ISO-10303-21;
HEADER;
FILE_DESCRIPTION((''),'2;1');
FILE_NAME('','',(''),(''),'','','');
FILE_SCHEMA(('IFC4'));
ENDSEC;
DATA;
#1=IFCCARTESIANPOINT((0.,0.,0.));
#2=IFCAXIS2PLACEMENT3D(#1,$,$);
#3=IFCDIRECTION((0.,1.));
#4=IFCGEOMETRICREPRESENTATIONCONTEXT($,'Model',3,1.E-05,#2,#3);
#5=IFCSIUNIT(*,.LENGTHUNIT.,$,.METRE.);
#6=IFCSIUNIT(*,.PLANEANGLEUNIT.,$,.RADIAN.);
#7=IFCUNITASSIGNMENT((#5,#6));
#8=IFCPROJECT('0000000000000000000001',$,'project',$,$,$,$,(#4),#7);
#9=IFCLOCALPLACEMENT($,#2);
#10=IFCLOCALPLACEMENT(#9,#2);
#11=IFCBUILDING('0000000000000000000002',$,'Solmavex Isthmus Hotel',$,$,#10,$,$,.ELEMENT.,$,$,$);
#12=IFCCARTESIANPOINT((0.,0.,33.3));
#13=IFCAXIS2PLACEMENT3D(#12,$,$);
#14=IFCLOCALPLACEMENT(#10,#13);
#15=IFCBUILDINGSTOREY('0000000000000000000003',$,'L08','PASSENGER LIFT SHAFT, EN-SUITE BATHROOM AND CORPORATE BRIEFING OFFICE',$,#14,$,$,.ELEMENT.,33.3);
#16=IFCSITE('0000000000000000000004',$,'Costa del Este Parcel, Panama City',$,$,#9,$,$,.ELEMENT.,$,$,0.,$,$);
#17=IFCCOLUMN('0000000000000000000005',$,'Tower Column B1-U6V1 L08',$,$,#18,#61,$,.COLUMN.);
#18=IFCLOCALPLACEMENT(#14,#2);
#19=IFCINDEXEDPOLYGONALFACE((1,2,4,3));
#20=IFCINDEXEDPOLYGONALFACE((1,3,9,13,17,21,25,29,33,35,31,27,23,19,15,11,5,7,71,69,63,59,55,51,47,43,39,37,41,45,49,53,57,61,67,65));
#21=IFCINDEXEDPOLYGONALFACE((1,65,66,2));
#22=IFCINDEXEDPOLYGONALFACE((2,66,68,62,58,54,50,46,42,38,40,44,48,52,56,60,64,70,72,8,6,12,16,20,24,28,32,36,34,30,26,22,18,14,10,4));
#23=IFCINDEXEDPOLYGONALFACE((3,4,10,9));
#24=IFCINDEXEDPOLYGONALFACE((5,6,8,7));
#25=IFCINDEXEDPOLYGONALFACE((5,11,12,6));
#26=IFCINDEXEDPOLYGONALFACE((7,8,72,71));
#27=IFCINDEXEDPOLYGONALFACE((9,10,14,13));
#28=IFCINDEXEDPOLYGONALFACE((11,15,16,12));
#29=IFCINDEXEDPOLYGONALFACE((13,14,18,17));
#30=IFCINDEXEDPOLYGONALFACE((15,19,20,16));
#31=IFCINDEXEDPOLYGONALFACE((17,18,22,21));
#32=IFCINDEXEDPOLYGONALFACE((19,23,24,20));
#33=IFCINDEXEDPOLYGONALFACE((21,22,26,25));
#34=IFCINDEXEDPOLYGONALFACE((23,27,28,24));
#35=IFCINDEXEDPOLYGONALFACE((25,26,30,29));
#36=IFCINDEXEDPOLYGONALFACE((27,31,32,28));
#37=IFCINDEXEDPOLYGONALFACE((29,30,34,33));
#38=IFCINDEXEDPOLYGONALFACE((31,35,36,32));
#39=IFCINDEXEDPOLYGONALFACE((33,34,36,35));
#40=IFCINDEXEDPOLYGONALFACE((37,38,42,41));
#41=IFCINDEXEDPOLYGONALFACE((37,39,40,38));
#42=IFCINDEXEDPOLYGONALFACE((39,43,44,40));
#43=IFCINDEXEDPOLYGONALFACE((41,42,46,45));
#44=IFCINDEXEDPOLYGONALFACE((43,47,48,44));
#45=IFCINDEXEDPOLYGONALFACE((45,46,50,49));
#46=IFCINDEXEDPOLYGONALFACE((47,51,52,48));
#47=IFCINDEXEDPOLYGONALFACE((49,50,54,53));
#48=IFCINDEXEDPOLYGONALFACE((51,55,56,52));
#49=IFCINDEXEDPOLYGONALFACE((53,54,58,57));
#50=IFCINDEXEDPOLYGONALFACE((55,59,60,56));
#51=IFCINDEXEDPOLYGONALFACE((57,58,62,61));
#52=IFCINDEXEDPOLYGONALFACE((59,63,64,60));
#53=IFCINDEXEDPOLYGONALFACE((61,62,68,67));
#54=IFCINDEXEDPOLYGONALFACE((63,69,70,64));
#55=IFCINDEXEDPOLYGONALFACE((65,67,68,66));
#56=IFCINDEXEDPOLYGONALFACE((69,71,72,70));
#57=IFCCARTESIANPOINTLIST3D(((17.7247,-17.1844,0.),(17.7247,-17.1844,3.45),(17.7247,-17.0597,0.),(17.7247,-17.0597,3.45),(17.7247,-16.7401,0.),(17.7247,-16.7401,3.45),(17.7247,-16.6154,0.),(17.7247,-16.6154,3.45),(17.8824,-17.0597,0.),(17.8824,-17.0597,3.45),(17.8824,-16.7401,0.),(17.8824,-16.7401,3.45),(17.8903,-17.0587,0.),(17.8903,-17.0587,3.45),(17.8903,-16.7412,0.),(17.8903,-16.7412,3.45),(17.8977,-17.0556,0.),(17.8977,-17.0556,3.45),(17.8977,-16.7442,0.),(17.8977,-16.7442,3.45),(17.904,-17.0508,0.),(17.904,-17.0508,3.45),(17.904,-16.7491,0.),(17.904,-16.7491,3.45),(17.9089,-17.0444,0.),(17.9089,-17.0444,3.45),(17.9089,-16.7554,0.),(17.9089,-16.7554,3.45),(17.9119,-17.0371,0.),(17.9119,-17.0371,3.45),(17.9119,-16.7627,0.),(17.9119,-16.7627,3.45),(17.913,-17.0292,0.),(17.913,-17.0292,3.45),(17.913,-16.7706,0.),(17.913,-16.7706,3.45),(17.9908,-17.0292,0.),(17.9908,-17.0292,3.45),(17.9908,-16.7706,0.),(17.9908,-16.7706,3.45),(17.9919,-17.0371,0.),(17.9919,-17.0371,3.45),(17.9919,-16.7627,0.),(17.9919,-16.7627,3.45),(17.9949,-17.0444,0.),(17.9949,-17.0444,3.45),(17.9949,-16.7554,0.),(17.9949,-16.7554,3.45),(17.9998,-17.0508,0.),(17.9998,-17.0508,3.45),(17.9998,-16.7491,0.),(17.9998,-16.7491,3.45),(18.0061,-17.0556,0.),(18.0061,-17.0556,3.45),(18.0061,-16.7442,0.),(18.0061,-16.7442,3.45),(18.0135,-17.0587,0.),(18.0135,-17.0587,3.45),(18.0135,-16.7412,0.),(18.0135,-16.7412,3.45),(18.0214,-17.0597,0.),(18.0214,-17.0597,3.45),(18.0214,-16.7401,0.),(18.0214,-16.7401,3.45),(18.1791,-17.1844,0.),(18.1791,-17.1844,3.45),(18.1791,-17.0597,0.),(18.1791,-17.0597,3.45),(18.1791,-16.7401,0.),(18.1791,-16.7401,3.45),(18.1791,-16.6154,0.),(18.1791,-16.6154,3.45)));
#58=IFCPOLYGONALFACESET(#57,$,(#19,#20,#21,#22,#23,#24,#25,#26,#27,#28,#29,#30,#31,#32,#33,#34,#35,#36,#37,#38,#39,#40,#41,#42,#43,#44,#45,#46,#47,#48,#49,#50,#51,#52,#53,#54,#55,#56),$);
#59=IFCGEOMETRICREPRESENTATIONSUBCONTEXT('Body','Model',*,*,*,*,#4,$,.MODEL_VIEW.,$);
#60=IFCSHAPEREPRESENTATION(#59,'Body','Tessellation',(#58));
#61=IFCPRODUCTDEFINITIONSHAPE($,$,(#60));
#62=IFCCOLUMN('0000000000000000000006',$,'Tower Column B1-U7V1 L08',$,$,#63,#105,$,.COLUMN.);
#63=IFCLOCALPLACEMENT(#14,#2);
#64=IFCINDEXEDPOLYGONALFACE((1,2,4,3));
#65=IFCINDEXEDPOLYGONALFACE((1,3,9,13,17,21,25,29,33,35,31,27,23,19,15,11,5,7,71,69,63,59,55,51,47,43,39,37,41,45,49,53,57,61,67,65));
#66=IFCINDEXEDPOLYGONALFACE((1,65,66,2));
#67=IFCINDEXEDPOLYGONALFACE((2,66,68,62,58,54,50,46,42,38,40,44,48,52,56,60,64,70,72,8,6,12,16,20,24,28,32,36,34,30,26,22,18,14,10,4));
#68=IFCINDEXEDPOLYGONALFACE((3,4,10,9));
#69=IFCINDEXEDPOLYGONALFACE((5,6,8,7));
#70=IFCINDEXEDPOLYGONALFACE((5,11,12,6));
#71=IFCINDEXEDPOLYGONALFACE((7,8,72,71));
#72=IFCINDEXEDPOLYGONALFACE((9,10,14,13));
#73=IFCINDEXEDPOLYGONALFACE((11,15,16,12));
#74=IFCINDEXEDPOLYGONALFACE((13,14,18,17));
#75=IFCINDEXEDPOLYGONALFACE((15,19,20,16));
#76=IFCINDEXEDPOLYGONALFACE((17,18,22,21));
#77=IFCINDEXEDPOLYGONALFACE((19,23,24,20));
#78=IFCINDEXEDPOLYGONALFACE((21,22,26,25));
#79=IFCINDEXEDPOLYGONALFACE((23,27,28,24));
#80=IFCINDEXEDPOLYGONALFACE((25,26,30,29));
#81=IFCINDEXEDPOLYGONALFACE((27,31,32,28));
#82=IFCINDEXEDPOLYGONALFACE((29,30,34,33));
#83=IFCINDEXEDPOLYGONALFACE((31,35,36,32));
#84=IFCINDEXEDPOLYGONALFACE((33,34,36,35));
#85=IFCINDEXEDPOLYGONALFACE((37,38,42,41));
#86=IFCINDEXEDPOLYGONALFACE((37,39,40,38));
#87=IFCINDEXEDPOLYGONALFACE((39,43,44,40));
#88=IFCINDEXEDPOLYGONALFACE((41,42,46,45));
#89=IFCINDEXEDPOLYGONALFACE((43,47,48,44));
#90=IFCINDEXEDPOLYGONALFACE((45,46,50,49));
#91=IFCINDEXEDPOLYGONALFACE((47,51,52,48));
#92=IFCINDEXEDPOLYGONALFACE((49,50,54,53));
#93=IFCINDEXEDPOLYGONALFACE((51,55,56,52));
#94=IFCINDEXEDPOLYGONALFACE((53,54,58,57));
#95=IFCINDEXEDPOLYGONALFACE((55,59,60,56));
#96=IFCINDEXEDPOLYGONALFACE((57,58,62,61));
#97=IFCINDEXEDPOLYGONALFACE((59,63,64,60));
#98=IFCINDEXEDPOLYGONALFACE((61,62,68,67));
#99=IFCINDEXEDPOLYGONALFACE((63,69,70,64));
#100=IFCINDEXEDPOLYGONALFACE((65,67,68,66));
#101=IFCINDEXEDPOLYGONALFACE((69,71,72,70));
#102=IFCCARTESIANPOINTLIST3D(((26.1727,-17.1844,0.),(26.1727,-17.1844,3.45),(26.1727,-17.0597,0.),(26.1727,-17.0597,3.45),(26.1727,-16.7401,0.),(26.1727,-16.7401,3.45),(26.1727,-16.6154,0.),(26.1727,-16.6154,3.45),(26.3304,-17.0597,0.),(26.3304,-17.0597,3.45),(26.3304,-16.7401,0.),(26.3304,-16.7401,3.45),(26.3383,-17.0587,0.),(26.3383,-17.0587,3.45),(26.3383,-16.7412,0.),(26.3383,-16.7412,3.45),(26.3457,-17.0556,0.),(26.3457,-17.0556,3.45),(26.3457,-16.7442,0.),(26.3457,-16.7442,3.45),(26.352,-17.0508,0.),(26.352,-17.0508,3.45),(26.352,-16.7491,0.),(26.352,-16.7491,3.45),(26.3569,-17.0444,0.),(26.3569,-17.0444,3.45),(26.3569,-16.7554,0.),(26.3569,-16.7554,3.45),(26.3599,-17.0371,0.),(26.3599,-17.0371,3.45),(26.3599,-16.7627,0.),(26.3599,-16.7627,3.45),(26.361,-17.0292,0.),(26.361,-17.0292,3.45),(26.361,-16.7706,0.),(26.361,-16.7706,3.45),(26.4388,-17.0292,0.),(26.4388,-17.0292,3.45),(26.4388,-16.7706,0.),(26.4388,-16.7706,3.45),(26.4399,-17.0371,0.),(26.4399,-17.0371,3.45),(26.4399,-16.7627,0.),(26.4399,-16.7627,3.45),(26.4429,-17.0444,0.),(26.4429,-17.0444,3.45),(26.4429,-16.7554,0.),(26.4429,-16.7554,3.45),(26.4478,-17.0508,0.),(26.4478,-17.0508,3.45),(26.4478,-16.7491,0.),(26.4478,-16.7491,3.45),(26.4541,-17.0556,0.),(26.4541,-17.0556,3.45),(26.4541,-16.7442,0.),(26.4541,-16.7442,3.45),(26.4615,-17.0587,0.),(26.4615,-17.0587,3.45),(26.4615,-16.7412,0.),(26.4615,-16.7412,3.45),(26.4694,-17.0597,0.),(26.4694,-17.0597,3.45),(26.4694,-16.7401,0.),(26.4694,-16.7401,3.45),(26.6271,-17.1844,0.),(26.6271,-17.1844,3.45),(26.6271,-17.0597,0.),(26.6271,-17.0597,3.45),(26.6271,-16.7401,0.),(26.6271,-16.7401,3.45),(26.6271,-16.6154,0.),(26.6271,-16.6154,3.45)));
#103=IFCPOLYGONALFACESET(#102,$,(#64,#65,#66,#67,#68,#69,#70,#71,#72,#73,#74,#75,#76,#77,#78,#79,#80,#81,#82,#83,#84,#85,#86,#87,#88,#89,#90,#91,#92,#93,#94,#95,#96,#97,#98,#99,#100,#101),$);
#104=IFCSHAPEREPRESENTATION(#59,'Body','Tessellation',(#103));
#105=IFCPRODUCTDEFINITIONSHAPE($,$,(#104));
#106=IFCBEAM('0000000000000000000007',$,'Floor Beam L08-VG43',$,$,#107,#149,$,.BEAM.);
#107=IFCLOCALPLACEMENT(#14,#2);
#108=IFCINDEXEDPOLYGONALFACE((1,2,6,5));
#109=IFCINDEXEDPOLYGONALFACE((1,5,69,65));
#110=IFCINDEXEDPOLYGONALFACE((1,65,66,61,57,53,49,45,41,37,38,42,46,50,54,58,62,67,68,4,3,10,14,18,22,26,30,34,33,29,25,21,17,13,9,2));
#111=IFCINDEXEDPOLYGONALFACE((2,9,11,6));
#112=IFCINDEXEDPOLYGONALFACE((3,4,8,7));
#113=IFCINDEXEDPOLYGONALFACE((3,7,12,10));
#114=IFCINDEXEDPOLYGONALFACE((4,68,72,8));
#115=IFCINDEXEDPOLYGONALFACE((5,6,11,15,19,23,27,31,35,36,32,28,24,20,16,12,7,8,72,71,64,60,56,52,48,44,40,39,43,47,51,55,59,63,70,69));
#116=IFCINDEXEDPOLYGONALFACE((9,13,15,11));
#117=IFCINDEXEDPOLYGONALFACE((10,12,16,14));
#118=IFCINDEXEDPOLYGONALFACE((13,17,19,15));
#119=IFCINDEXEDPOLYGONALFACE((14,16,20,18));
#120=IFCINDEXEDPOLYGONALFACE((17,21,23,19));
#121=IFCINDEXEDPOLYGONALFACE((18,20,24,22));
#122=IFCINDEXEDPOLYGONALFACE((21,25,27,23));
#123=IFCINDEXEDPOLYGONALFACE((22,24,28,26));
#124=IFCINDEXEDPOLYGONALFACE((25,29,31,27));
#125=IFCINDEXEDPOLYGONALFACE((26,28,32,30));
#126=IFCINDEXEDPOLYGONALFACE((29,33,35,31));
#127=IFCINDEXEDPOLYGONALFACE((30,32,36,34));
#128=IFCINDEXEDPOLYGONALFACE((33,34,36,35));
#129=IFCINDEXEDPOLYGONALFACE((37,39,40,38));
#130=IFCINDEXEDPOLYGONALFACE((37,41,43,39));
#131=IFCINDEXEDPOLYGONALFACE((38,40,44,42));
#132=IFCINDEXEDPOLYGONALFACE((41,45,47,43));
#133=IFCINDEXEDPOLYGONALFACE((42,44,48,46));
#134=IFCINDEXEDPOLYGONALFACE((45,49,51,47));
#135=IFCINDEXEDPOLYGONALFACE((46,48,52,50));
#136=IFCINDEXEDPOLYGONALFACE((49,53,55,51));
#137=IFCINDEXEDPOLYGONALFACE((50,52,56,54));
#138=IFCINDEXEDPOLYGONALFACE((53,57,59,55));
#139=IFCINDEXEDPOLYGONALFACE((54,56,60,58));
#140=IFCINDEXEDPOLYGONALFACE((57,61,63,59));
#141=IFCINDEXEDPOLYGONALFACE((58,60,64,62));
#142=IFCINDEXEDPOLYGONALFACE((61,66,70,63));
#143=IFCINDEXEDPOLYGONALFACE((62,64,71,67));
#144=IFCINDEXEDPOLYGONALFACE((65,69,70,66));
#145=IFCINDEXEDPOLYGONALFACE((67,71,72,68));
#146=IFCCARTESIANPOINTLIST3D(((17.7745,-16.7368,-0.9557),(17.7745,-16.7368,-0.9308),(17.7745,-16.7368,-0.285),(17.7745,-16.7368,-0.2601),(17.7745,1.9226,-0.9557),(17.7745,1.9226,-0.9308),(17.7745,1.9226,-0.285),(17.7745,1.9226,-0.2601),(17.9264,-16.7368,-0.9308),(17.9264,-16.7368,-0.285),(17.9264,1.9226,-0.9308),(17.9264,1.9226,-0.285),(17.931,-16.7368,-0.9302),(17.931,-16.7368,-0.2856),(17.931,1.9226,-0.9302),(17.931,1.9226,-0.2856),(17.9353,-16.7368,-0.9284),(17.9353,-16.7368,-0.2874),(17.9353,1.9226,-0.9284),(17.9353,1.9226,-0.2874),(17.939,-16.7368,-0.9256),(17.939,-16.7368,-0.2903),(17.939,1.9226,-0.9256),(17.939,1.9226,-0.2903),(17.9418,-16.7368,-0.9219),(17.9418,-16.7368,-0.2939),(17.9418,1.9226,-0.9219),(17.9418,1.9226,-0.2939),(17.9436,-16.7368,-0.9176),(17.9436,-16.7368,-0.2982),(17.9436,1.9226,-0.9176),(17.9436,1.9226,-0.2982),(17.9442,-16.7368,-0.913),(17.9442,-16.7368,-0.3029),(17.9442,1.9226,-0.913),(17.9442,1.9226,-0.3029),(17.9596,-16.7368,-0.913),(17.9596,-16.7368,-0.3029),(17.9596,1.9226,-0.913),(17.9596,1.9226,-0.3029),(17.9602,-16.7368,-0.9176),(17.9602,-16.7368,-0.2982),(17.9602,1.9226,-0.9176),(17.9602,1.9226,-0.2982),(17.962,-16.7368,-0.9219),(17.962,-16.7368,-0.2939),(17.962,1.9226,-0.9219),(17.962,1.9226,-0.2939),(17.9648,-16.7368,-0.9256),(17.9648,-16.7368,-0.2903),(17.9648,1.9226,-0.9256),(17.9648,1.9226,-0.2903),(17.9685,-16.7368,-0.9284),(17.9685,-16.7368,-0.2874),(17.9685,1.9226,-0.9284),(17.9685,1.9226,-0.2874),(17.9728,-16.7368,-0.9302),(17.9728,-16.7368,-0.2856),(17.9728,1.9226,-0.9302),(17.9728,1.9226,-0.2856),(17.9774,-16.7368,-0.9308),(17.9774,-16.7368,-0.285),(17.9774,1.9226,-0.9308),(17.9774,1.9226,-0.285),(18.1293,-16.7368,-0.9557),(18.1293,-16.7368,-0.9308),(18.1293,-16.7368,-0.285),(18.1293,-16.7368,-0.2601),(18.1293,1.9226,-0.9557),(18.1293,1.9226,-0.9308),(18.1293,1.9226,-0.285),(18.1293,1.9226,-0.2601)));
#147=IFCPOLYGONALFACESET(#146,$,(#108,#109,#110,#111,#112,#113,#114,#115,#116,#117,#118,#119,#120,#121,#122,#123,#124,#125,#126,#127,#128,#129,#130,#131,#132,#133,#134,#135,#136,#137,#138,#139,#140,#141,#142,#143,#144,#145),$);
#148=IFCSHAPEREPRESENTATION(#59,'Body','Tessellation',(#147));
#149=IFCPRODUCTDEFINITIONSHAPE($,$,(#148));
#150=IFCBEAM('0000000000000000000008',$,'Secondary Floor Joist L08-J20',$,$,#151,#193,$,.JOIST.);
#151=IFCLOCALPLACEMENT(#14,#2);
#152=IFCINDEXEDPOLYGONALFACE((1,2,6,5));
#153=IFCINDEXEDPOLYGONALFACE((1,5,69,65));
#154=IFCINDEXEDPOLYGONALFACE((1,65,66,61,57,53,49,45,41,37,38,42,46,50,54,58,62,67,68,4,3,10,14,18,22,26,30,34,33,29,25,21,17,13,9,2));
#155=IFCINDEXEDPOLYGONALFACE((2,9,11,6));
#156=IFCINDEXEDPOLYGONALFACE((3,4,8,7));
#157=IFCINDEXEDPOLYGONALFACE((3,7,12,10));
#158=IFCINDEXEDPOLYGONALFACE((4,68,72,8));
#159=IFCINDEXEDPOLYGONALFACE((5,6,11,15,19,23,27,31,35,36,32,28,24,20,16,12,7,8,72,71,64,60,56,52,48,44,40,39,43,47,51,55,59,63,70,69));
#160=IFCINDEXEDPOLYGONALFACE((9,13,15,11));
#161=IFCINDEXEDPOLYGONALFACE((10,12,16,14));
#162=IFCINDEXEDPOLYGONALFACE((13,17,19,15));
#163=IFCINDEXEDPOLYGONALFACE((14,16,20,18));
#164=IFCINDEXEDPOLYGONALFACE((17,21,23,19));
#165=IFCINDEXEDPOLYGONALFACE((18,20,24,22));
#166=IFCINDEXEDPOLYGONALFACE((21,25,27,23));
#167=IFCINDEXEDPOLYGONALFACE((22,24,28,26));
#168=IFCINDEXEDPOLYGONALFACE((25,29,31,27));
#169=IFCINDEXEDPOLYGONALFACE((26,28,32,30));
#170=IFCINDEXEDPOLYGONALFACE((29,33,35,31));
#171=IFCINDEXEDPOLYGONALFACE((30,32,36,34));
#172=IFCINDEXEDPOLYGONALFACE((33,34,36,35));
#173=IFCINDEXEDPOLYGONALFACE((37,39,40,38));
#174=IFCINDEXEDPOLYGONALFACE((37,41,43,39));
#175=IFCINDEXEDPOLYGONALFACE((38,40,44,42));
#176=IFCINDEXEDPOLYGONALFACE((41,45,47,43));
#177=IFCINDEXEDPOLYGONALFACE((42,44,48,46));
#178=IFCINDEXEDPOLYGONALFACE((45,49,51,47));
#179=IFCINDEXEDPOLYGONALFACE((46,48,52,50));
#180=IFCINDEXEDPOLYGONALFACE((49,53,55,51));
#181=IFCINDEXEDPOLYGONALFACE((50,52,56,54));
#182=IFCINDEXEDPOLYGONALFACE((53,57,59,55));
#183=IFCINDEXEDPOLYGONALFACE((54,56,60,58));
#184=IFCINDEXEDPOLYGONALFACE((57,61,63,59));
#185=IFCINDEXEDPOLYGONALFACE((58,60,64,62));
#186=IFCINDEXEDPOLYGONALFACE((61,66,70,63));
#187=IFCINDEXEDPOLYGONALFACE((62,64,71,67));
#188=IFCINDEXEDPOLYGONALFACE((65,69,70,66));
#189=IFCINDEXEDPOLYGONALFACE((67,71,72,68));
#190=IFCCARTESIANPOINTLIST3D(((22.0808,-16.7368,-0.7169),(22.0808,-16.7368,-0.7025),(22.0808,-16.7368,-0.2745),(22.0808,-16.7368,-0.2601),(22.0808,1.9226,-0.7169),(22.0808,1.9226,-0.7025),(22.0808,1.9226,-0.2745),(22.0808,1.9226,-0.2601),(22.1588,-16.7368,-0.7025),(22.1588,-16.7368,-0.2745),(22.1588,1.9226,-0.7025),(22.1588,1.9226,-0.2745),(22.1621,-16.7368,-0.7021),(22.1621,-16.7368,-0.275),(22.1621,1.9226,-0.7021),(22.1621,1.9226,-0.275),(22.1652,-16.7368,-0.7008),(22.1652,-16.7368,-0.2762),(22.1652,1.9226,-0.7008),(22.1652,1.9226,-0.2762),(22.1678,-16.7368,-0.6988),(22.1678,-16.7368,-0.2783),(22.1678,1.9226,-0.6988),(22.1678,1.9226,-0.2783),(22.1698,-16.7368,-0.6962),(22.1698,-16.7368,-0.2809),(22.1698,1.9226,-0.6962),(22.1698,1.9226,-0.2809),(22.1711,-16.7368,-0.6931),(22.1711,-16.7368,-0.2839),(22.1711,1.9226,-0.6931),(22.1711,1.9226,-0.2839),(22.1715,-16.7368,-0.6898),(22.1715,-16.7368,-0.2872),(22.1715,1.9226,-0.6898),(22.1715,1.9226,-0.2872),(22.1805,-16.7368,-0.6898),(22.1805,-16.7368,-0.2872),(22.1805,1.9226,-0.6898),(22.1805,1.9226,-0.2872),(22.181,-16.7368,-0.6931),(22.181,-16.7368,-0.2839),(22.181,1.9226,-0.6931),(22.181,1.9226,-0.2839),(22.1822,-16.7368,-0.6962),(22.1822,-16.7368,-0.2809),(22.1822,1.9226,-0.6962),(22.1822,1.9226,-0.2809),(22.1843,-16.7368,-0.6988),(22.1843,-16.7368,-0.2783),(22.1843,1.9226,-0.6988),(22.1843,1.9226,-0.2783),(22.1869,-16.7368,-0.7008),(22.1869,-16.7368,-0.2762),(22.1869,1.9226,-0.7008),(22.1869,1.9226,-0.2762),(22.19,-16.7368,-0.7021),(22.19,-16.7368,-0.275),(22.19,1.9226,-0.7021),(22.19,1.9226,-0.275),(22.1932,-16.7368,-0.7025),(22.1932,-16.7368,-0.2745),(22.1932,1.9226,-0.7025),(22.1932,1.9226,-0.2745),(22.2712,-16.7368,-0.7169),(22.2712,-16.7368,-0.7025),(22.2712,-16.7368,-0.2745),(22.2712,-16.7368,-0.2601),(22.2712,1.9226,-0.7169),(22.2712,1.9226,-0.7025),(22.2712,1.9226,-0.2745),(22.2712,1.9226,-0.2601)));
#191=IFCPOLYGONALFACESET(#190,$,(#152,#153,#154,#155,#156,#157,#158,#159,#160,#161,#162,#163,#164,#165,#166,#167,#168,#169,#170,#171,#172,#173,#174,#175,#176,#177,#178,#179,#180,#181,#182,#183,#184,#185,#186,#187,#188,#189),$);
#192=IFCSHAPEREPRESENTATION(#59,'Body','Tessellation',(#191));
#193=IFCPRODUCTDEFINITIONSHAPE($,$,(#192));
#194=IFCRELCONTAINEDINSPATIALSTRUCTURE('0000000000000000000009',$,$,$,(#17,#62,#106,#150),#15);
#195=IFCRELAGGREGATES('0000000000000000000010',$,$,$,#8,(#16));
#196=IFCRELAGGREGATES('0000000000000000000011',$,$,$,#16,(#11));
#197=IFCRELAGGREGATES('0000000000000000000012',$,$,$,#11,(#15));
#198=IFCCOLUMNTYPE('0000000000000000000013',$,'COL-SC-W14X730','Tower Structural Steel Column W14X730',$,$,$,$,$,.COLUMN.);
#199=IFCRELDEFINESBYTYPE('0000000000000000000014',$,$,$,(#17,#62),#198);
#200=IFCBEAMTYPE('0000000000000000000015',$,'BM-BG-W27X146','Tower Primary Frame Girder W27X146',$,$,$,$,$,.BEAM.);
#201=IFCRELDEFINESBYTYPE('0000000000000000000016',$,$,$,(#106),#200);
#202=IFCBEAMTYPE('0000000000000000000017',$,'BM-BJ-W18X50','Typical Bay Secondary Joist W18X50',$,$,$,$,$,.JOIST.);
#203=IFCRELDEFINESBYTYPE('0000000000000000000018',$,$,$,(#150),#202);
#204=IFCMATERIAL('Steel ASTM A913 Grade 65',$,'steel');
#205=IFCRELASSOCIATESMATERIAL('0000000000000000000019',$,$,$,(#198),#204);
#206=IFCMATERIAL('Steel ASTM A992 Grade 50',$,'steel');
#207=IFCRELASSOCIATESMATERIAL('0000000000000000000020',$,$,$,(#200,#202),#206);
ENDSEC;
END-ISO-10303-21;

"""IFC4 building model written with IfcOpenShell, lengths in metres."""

from ifc_helpers import new_model, si_unit, direction, frame, origin, origin_2d, place, context, subcontext, project, spatial, i_section, extrude, material, material_profile, profile_set, type_object, element, save


model = new_model("IFC4")

# Units and contexts
model_context = context("Model", 3, precision=1e-05, world=origin(), true_north=direction((0.0, 1.0)))
body_context = subcontext(model_context, "Body", "Model", "MODEL_VIEW")
ifc_project = project(units=[si_unit("LENGTHUNIT", "METRE"), si_unit("PLANEANGLEUNIT", "RADIAN")], contexts=[model_context])

# Site, building, storey
site_placement = place(None, origin())
site = spatial("IfcSite", under=ifc_project, at=site_placement, Name="Costa del Este Parcel, Panama City", CompositionType="ELEMENT", RefElevation=0.0)
building_placement = place(site_placement, origin())
building = spatial("IfcBuilding", under=site, at=building_placement, Name="Solmavex Isthmus Hotel", CompositionType="ELEMENT")
storey_placement = place(building_placement, frame((0.0, 0.0, 33.3)))
storey = spatial("IfcBuildingStorey", under=building, at=storey_placement, Name="L08", Description="PASSENGER LIFT SHAFT, EN-SUITE BATHROOM AND CORPORATE BRIEFING OFFICE", CompositionType="ELEMENT", Elevation=33.3)

# Columns
ifc_material_1 = material(Name="Steel ASTM A913 Grade 65", Category="steel")
ifc_material_profile_1 = material_profile(ifc_material_1, i_section(OverallWidth=0.4543, OverallDepth=0.5691, WebThickness=0.0779, FlangeThickness=0.1248, FilletRadius=0.0305, at=origin_2d()), Name="W14X730")
ifc_profile_set_1 = profile_set([ifc_material_profile_1], Name="Steel ASTM A913 Grade 65")
column_type = type_object("IfcColumnType", Name="COL-SC-W14X730", Description="Tower Structural Steel Column W14X730", PredefinedType="COLUMN", material=ifc_profile_set_1)
for number, where, z_axis, x_axis, name in (
    (1, (17.9519, -16.8999, 0.0), (0.0, 0.0, 1.0), (1.0, 0.0, 0.0), "Tower Column B1-U6V1 L08"),
    (2, (26.3999, -16.8999, 0.0), (0.0, 0.0, 1.0), (1.0, 0.0, 0.0), "Tower Column B1-U7V1 L08"),
):
    element("IfcColumn", number, at=place(storey_placement, frame(where, z_axis=z_axis, x_axis=x_axis)), inside=storey, type_object=column_type, Name=name, PredefinedType="COLUMN", context=body_context, shape_type="SweptSolid", body=[
        extrude(i_section(OverallWidth=0.4543, OverallDepth=0.5691, WebThickness=0.0779, FlangeThickness=0.1248, FilletRadius=0.0305, at=origin_2d()), origin(), (0.0, 0.0, 1.0), 3.45),
    ])

# Beams
ifc_material_2 = material(Name="Steel ASTM A992 Grade 50", Category="steel")
ifc_material_profile_2 = material_profile(ifc_material_2, i_section(OverallWidth=0.3547, OverallDepth=0.6956, WebThickness=0.0154, FlangeThickness=0.0249, FilletRadius=0.0178, at=origin_2d()), Name="W27X146")
ifc_profile_set_2 = profile_set([ifc_material_profile_2], Name="Steel ASTM A992 Grade 50")
beam_type_1 = type_object("IfcBeamType", Name="BM-BG-W27X146", Description="Tower Primary Frame Girder W27X146", PredefinedType="BEAM", material=ifc_profile_set_2)
beam_1_placement = place(storey_placement, frame((17.9519, -16.7368, -0.6079), z_axis=(0.0, 1.0, 0.0), x_axis=(-1.0, 0.0, 0.0)))
element("IfcBeam", 3, at=beam_1_placement, inside=storey, type_object=beam_type_1, Name="Floor Beam L08-VG43", PredefinedType="BEAM", context=body_context, shape_type="SweptSolid", body=[
    extrude(i_section(OverallWidth=0.3547, OverallDepth=0.6956, WebThickness=0.0154, FlangeThickness=0.0249, FilletRadius=0.0178, at=origin_2d()), origin(), (0.0, 0.0, 1.0), 18.6594),
])
ifc_material_profile_3 = material_profile(ifc_material_2, i_section(OverallWidth=0.1904, OverallDepth=0.4568, WebThickness=0.009, FlangeThickness=0.0144, FilletRadius=0.0127, at=origin_2d()), Name="W18X50")
ifc_profile_set_3 = profile_set([ifc_material_profile_3], Name="Steel ASTM A992 Grade 50")
beam_type_2 = type_object("IfcBeamType", Name="BM-BJ-W18X50", Description="Typical Bay Secondary Joist W18X50", PredefinedType="JOIST", material=ifc_profile_set_3)
beam_2_placement = place(storey_placement, frame((22.176, -16.7368, -0.4885), z_axis=(0.0, 1.0, 0.0), x_axis=(-1.0, 0.0, 0.0)))
element("IfcBeam", 4, at=beam_2_placement, inside=storey, type_object=beam_type_2, Name="Secondary Floor Joist L08-J20", PredefinedType="JOIST", context=body_context, shape_type="SweptSolid", body=[
    extrude(i_section(OverallWidth=0.1904, OverallDepth=0.4568, WebThickness=0.009, FlangeThickness=0.0144, FilletRadius=0.0127, at=origin_2d()), origin(), (0.0, 0.0, 1.0), 18.6594),
])

save(model, "model.ifc")
